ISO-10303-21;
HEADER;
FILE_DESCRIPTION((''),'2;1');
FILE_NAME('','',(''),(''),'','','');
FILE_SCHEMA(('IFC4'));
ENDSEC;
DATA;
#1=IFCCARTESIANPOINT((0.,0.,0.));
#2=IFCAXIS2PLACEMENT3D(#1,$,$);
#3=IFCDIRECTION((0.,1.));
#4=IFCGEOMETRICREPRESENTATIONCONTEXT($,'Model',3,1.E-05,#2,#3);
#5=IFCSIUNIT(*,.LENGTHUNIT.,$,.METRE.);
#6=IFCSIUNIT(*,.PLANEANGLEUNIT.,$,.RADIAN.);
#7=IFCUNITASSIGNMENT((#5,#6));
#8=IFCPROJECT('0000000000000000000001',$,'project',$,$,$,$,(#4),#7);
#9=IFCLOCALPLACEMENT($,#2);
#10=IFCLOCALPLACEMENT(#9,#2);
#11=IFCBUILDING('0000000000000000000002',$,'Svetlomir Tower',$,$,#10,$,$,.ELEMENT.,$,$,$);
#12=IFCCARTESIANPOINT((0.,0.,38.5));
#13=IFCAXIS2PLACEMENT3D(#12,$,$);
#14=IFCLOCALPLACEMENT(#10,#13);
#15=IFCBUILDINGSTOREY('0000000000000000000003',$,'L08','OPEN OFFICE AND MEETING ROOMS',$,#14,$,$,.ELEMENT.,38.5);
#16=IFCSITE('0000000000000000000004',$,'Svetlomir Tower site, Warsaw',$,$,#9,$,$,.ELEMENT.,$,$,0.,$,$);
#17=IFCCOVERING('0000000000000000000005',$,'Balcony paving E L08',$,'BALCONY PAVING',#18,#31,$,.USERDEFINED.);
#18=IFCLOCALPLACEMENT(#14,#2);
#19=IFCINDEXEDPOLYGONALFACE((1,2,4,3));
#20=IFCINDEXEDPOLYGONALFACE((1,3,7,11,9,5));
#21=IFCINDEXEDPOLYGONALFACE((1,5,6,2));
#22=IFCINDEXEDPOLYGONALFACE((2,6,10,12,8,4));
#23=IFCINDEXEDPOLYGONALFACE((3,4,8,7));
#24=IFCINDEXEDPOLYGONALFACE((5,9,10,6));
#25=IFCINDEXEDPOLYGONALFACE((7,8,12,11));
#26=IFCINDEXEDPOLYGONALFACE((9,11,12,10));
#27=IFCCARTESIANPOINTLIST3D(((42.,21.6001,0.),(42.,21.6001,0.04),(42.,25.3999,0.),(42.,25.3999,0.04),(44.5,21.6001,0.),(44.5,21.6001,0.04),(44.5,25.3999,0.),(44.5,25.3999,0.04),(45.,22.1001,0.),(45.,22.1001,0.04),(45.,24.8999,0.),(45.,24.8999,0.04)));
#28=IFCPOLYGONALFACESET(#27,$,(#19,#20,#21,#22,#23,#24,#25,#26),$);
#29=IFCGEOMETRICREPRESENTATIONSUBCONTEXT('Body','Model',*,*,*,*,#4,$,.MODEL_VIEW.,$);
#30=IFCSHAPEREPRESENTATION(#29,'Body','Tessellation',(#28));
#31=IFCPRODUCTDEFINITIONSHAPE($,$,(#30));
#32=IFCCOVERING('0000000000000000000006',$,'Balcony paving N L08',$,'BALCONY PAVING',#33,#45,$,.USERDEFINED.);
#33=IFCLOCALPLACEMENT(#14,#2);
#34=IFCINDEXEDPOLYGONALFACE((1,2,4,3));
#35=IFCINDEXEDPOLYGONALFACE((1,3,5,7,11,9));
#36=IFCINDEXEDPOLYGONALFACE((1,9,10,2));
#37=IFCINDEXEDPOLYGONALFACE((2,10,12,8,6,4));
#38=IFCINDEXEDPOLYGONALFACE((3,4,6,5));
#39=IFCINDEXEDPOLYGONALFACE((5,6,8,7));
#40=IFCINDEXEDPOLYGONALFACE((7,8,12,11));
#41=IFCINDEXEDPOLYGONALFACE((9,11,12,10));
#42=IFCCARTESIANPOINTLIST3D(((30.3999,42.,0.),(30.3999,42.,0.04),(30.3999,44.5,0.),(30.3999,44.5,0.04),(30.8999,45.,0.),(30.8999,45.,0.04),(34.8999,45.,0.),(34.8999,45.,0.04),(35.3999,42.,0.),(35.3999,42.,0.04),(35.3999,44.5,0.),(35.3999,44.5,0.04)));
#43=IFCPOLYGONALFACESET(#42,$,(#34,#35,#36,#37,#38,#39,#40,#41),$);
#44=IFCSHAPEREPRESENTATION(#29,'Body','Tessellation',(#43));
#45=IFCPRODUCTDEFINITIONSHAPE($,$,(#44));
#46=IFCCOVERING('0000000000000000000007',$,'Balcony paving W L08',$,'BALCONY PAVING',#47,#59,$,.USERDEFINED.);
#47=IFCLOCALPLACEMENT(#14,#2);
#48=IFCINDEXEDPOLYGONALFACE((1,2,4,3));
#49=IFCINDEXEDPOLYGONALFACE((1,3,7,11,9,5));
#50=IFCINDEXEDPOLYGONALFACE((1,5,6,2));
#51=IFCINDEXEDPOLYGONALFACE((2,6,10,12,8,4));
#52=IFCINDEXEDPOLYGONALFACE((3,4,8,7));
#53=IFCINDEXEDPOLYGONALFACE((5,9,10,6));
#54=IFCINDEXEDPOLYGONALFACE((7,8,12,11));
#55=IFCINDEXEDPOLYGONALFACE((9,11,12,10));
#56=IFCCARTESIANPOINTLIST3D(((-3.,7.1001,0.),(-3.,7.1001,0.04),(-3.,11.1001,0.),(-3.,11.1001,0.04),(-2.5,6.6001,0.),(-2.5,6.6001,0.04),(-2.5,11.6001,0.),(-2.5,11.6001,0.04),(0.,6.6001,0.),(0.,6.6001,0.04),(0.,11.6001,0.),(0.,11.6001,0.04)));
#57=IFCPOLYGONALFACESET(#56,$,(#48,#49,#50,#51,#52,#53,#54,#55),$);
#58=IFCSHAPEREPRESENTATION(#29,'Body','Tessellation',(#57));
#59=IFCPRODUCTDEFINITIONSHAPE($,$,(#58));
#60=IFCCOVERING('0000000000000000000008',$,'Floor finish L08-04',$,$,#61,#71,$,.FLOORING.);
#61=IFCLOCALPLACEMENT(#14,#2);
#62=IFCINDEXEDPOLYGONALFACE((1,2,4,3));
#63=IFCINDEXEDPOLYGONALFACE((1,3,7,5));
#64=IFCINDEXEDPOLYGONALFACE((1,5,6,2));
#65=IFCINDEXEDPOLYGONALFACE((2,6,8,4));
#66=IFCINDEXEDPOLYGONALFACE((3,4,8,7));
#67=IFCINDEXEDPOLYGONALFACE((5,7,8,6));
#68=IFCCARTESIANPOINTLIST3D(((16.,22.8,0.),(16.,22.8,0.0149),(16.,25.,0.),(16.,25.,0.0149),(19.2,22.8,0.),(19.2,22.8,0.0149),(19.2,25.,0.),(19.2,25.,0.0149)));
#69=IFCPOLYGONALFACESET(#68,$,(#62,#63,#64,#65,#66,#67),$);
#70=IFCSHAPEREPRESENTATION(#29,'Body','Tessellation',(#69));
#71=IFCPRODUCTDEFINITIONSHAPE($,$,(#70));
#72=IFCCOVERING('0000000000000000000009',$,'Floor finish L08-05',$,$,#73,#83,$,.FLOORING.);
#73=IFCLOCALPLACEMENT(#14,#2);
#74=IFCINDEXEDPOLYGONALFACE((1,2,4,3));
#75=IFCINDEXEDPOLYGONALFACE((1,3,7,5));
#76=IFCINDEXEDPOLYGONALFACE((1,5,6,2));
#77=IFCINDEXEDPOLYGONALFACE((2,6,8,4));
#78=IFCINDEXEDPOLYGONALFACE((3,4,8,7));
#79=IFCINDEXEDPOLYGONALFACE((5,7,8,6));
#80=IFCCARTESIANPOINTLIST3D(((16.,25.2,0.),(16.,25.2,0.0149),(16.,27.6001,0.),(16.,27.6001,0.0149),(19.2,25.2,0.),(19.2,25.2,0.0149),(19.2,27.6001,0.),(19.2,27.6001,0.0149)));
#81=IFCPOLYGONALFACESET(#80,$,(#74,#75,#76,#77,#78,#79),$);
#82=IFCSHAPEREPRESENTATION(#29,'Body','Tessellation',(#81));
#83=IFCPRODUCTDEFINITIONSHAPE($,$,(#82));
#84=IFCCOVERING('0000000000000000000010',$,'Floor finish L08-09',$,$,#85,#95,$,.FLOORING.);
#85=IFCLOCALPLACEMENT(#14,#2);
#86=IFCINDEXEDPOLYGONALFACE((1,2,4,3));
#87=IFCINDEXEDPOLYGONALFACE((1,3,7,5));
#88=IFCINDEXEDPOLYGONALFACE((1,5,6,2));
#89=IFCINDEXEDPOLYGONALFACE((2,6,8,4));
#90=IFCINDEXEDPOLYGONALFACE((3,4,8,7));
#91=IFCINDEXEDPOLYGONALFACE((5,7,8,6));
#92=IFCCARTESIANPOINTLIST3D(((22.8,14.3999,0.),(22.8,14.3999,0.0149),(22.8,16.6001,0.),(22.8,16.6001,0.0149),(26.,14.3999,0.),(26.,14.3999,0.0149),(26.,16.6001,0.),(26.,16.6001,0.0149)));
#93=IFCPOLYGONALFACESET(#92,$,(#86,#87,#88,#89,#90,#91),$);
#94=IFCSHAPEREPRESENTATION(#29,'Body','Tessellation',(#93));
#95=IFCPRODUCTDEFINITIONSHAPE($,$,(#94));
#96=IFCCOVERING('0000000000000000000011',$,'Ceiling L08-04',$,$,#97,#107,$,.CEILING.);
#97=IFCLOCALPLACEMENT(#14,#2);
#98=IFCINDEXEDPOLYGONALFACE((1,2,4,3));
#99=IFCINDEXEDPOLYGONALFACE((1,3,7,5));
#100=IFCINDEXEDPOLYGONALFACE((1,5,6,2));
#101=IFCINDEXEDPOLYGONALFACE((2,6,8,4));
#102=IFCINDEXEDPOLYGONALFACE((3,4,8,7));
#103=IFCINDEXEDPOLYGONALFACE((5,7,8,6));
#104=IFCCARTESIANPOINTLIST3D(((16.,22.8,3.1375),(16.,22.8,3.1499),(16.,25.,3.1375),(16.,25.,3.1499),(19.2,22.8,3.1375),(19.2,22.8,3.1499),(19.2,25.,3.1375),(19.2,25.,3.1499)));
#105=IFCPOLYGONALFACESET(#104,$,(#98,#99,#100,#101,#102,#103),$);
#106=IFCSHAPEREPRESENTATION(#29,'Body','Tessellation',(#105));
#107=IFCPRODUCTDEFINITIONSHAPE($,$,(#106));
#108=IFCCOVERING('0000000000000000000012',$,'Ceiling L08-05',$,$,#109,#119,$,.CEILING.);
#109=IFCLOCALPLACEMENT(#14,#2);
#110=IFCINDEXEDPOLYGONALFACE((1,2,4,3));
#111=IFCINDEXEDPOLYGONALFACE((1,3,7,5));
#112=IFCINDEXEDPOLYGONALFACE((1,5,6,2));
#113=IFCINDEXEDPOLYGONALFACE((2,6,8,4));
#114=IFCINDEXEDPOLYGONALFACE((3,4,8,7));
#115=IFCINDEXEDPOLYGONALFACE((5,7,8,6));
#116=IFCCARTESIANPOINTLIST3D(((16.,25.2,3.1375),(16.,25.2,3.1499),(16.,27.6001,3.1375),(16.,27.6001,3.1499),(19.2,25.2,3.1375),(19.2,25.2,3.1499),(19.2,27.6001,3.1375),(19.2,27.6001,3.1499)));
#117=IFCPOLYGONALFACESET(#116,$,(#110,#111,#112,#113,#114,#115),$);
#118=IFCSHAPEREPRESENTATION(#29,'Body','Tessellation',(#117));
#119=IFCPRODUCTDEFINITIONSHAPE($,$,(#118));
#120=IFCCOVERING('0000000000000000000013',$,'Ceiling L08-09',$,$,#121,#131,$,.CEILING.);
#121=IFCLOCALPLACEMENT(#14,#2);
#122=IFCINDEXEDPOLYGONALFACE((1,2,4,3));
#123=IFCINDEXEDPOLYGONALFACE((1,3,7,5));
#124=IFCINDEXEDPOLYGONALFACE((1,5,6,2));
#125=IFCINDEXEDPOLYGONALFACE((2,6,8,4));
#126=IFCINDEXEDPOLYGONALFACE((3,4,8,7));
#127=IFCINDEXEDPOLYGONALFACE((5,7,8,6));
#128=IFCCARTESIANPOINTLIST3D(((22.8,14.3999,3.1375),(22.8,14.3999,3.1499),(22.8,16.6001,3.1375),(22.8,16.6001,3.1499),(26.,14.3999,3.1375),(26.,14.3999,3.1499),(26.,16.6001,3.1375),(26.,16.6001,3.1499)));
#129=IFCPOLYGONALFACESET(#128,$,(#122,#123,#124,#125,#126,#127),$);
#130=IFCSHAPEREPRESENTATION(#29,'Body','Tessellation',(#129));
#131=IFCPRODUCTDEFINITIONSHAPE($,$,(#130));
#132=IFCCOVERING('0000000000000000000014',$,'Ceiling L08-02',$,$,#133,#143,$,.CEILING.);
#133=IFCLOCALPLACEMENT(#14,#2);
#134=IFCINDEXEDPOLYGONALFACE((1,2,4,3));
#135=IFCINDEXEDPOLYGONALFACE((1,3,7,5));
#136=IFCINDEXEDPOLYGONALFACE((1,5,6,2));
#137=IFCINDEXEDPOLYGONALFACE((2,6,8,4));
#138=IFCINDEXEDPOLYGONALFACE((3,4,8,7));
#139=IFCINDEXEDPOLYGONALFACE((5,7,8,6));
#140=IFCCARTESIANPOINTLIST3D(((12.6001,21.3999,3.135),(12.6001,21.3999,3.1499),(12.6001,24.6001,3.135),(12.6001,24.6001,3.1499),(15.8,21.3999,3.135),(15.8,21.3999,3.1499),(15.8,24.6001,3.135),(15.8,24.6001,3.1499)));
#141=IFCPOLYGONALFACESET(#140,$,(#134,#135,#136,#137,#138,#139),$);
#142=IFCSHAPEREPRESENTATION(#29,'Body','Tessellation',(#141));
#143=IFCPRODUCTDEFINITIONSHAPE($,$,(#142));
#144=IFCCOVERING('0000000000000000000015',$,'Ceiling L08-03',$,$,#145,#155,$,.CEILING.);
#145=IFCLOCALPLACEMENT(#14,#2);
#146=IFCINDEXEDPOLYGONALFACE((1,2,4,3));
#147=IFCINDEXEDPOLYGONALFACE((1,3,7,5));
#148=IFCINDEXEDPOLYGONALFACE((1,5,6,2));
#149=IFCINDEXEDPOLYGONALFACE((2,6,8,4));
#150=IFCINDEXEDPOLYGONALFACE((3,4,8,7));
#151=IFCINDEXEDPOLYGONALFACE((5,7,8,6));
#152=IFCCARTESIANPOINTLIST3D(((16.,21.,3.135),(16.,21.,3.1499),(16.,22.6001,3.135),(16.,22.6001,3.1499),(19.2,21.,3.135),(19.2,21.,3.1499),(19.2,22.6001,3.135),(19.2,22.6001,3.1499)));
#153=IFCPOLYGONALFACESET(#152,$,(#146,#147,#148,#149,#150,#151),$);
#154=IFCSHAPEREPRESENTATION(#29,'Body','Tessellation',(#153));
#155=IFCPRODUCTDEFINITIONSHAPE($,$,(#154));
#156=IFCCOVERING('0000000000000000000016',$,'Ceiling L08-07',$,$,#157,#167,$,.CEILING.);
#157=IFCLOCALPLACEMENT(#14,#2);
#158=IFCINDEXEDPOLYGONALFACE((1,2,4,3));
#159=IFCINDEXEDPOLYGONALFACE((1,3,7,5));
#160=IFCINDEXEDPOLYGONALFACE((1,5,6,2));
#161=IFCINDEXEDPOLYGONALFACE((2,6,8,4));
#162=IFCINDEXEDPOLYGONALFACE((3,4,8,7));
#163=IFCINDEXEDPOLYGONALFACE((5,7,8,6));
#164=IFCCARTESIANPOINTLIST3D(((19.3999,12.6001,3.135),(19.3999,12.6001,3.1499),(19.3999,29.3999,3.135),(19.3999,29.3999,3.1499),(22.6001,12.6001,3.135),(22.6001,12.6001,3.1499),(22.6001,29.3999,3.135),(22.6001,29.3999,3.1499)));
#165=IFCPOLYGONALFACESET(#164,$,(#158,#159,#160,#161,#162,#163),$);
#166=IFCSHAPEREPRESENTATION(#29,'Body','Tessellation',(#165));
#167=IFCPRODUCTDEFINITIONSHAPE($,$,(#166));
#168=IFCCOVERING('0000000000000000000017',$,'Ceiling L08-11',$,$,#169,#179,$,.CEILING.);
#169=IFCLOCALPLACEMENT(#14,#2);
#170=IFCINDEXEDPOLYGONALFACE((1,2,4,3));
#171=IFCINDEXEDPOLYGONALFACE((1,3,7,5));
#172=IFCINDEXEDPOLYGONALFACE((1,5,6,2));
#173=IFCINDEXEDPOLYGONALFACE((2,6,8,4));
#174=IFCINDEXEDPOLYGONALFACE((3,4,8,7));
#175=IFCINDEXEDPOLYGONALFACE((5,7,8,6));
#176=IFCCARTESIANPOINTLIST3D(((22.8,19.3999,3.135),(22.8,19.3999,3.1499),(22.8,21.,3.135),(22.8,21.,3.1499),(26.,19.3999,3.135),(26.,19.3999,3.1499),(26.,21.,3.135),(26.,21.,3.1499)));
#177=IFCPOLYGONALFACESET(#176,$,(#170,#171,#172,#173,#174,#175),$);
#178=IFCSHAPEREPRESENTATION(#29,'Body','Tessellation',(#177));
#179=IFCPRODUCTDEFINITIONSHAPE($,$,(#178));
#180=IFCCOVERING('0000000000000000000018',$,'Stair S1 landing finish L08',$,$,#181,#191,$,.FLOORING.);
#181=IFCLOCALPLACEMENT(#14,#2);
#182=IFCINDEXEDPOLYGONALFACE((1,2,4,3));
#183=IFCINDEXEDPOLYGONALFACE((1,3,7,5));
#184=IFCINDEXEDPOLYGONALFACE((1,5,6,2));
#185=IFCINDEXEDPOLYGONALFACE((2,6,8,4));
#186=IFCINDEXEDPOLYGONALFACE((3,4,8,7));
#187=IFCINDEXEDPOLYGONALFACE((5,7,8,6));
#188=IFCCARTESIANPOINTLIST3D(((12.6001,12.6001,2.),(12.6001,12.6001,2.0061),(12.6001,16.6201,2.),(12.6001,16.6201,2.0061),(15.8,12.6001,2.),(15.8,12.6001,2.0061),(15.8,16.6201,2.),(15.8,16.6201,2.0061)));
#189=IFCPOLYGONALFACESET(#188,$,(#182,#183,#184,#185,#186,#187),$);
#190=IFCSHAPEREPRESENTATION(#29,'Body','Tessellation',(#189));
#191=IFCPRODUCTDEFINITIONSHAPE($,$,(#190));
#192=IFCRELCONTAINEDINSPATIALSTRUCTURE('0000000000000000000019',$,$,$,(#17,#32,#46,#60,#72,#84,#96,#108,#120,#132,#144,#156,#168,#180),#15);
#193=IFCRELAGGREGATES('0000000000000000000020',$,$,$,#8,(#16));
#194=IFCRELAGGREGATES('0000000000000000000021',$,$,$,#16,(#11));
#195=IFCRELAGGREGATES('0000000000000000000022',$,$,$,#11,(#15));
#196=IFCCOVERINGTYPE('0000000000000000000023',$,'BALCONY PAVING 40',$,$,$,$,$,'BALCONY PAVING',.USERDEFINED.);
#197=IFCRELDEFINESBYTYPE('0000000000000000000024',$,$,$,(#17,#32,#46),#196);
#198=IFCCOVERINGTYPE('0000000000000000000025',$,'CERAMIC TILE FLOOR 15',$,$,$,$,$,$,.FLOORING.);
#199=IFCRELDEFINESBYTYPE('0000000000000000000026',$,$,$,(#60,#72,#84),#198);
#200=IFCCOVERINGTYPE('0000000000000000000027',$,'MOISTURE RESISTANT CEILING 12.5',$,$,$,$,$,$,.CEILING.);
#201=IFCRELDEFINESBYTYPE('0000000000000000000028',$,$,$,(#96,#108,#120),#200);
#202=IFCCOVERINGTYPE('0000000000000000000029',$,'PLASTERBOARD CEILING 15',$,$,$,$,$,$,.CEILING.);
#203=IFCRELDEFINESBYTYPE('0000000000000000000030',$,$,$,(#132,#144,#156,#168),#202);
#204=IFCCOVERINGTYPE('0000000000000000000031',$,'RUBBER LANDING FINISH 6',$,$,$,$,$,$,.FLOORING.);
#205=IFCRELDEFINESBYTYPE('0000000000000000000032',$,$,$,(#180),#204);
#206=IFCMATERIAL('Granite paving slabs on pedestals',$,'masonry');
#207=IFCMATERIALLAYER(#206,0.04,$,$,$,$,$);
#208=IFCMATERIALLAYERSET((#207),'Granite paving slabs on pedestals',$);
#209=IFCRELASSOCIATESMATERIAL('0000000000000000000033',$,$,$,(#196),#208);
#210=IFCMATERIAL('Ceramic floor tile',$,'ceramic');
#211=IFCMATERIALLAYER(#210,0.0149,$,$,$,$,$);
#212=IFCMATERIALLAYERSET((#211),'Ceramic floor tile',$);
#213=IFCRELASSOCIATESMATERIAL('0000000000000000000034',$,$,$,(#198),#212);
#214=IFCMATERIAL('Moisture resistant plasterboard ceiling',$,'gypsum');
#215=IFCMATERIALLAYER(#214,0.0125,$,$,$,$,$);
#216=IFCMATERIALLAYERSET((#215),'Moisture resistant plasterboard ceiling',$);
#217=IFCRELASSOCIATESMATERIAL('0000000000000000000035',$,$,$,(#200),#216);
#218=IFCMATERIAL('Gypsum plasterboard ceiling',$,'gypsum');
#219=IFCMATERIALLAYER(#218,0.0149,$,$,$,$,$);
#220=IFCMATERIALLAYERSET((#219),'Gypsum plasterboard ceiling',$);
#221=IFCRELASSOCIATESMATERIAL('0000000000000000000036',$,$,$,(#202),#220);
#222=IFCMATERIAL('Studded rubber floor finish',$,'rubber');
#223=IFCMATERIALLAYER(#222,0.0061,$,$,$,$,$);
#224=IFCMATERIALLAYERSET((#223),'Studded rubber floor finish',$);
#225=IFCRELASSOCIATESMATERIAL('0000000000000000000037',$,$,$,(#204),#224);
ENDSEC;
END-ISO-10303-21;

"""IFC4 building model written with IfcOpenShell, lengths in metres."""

from ifc_helpers import new_model, si_unit, direction, frame, origin, place, context, subcontext, project, spatial, polyline, outline, extrude, material, layer, layer_set, type_object, element, save


model = new_model("IFC4")

# Units and contexts
model_context = context("Model", 3, precision=1e-05, world=origin(), true_north=direction((0.0, 1.0)))
body_context = subcontext(model_context, "Body", "Model", "MODEL_VIEW")
ifc_project = project(units=[si_unit("LENGTHUNIT", "METRE"), si_unit("PLANEANGLEUNIT", "RADIAN")], contexts=[model_context])

# Site, building, storey
site_placement = place(None, origin())
site = spatial("IfcSite", under=ifc_project, at=site_placement, Name="Svetlomir Tower site, Warsaw", CompositionType="ELEMENT", RefElevation=0.0)
building_placement = place(site_placement, origin())
building = spatial("IfcBuilding", under=site, at=building_placement, Name="Svetlomir Tower", CompositionType="ELEMENT")
storey_placement = place(building_placement, frame((0.0, 0.0, 38.5)))
storey = spatial("IfcBuildingStorey", under=building, at=storey_placement, Name="L08", Description="OPEN OFFICE AND MEETING ROOMS", CompositionType="ELEMENT", Elevation=38.5)

# Coverings
ifc_material_1 = material(Name="Granite paving slabs on pedestals", Category="masonry")
ifc_layer_1 = layer(ifc_material_1, 0.04)
ifc_layer_set_1 = layer_set([ifc_layer_1], Name="Granite paving slabs on pedestals")
covering_type_1 = type_object("IfcCoveringType", Name="BALCONY PAVING 40", ElementType="BALCONY PAVING", PredefinedType="USERDEFINED", material=ifc_layer_set_1)
covering_1_placement = place(storey_placement, origin())
element("IfcCovering", 1, at=covering_1_placement, inside=storey, type_object=covering_type_1, Name="Balcony paving E L08", ObjectType="BALCONY PAVING", PredefinedType="USERDEFINED", context=body_context, shape_type="SweptSolid", body=[
    extrude(outline(polyline([(42.0, 21.6001), (44.5, 21.6001), (45.0, 22.1001), (45.0, 24.8999), (44.5, 25.3999), (42.0, 25.3999), (42.0, 21.6001)])), origin(), (0.0, 0.0, 1.0), 0.04),
])
covering_2_placement = place(storey_placement, origin())
element("IfcCovering", 2, at=covering_2_placement, inside=storey, type_object=covering_type_1, Name="Balcony paving N L08", ObjectType="BALCONY PAVING", PredefinedType="USERDEFINED", context=body_context, shape_type="SweptSolid", body=[
    extrude(outline(polyline([(30.3999, 42.0), (35.3999, 42.0), (35.3999, 44.5), (34.8999, 45.0), (30.8999, 45.0), (30.3999, 44.5), (30.3999, 42.0)])), origin(), (0.0, 0.0, 1.0), 0.04),
])
covering_3_placement = place(storey_placement, origin())
element("IfcCovering", 3, at=covering_3_placement, inside=storey, type_object=covering_type_1, Name="Balcony paving W L08", ObjectType="BALCONY PAVING", PredefinedType="USERDEFINED", context=body_context, shape_type="SweptSolid", body=[
    extrude(outline(polyline([(-2.5, 6.6001), (0.0, 6.6001), (0.0, 11.6001), (-2.5, 11.6001), (-3.0, 11.1001), (-3.0, 7.1001), (-2.5, 6.6001)])), origin(), (0.0, 0.0, 1.0), 0.04),
])
ifc_material_2 = material(Name="Ceramic floor tile", Category="ceramic")
ifc_layer_2 = layer(ifc_material_2, 0.0149)
ifc_layer_set_2 = layer_set([ifc_layer_2], Name="Ceramic floor tile")
covering_type_2 = type_object("IfcCoveringType", Name="CERAMIC TILE FLOOR 15", PredefinedType="FLOORING", material=ifc_layer_set_2)
covering_4_placement = place(storey_placement, origin())
element("IfcCovering", 4, at=covering_4_placement, inside=storey, type_object=covering_type_2, Name="Floor finish L08-04", PredefinedType="FLOORING", context=body_context, shape_type="SweptSolid", body=[
    extrude(outline(polyline([(16.0, 22.8), (19.2, 22.8), (19.2, 25.0), (16.0, 25.0), (16.0, 22.8)])), origin(), (0.0, 0.0, 1.0), 0.0149),
])
covering_5_placement = place(storey_placement, origin())
element("IfcCovering", 5, at=covering_5_placement, inside=storey, type_object=covering_type_2, Name="Floor finish L08-05", PredefinedType="FLOORING", context=body_context, shape_type="SweptSolid", body=[
    extrude(outline(polyline([(16.0, 25.2), (19.2, 25.2), (19.2, 27.6001), (16.0, 27.6001), (16.0, 25.2)])), origin(), (0.0, 0.0, 1.0), 0.0149),
])
covering_6_placement = place(storey_placement, origin())
element("IfcCovering", 6, at=covering_6_placement, inside=storey, type_object=covering_type_2, Name="Floor finish L08-09", PredefinedType="FLOORING", context=body_context, shape_type="SweptSolid", body=[
    extrude(outline(polyline([(22.8, 14.3999), (26.0, 14.3999), (26.0, 16.6001), (22.8, 16.6001), (22.8, 14.3999)])), origin(), (0.0, 0.0, 1.0), 0.0149),
])
ifc_material_3 = material(Name="Moisture resistant plasterboard ceiling", Category="gypsum")
ifc_layer_3 = layer(ifc_material_3, 0.0125)
ifc_layer_set_3 = layer_set([ifc_layer_3], Name="Moisture resistant plasterboard ceiling")
covering_type_3 = type_object("IfcCoveringType", Name="MOISTURE RESISTANT CEILING 12.5", PredefinedType="CEILING", material=ifc_layer_set_3)
covering_7_placement = place(storey_placement, frame((0.0, 0.0, 3.1375)))
element("IfcCovering", 7, at=covering_7_placement, inside=storey, type_object=covering_type_3, Name="Ceiling L08-04", PredefinedType="CEILING", context=body_context, shape_type="SweptSolid", body=[
    extrude(outline(polyline([(16.0, 22.8), (19.2, 22.8), (19.2, 25.0), (16.0, 25.0), (16.0, 22.8)])), origin(), (0.0, 0.0, 1.0), 0.0125),
])
covering_8_placement = place(storey_placement, frame((0.0, 0.0, 3.1375)))
element("IfcCovering", 8, at=covering_8_placement, inside=storey, type_object=covering_type_3, Name="Ceiling L08-05", PredefinedType="CEILING", context=body_context, shape_type="SweptSolid", body=[
    extrude(outline(polyline([(16.0, 25.2), (19.2, 25.2), (19.2, 27.6001), (16.0, 27.6001), (16.0, 25.2)])), origin(), (0.0, 0.0, 1.0), 0.0125),
])
covering_9_placement = place(storey_placement, frame((0.0, 0.0, 3.1375)))
element("IfcCovering", 9, at=covering_9_placement, inside=storey, type_object=covering_type_3, Name="Ceiling L08-09", PredefinedType="CEILING", context=body_context, shape_type="SweptSolid", body=[
    extrude(outline(polyline([(22.8, 14.3999), (26.0, 14.3999), (26.0, 16.6001), (22.8, 16.6001), (22.8, 14.3999)])), origin(), (0.0, 0.0, 1.0), 0.0125),
])
ifc_material_4 = material(Name="Gypsum plasterboard ceiling", Category="gypsum")
ifc_layer_4 = layer(ifc_material_4, 0.0149)
ifc_layer_set_4 = layer_set([ifc_layer_4], Name="Gypsum plasterboard ceiling")
covering_type_4 = type_object("IfcCoveringType", Name="PLASTERBOARD CEILING 15", PredefinedType="CEILING", material=ifc_layer_set_4)
covering_10_placement = place(storey_placement, frame((0.0, 0.0, 3.135)))
element("IfcCovering", 10, at=covering_10_placement, inside=storey, type_object=covering_type_4, Name="Ceiling L08-02", PredefinedType="CEILING", context=body_context, shape_type="SweptSolid", body=[
    extrude(outline(polyline([(12.6001, 21.3999), (15.8, 21.3999), (15.8, 24.6001), (12.6001, 24.6001), (12.6001, 21.3999)])), origin(), (0.0, 0.0, 1.0), 0.0149),
])
covering_11_placement = place(storey_placement, frame((0.0, 0.0, 3.135)))
element("IfcCovering", 11, at=covering_11_placement, inside=storey, type_object=covering_type_4, Name="Ceiling L08-03", PredefinedType="CEILING", context=body_context, shape_type="SweptSolid", body=[
    extrude(outline(polyline([(16.0, 21.0), (19.2, 21.0), (19.2, 22.6001), (16.0, 22.6001), (16.0, 21.0)])), origin(), (0.0, 0.0, 1.0), 0.0149),
])
covering_12_placement = place(storey_placement, frame((0.0, 0.0, 3.135)))
element("IfcCovering", 12, at=covering_12_placement, inside=storey, type_object=covering_type_4, Name="Ceiling L08-07", PredefinedType="CEILING", context=body_context, shape_type="SweptSolid", body=[
    extrude(outline(polyline([(19.3999, 12.6001), (22.6001, 12.6001), (22.6001, 29.3999), (19.3999, 29.3999), (19.3999, 12.6001)])), origin(), (0.0, 0.0, 1.0), 0.0149),
])
covering_13_placement = place(storey_placement, frame((0.0, 0.0, 3.135)))
element("IfcCovering", 13, at=covering_13_placement, inside=storey, type_object=covering_type_4, Name="Ceiling L08-11", PredefinedType="CEILING", context=body_context, shape_type="SweptSolid", body=[
    extrude(outline(polyline([(22.8, 19.3999), (26.0, 19.3999), (26.0, 21.0), (22.8, 21.0), (22.8, 19.3999)])), origin(), (0.0, 0.0, 1.0), 0.0149),
])
ifc_material_5 = material(Name="Studded rubber floor finish", Category="rubber")
ifc_layer_5 = layer(ifc_material_5, 0.0061)
ifc_layer_set_5 = layer_set([ifc_layer_5], Name="Studded rubber floor finish")
covering_type_5 = type_object("IfcCoveringType", Name="RUBBER LANDING FINISH 6", PredefinedType="FLOORING", material=ifc_layer_set_5)
covering_14_placement = place(storey_placement, frame((0.0, 0.0, 2.0)))
element("IfcCovering", 14, at=covering_14_placement, inside=storey, type_object=covering_type_5, Name="Stair S1 landing finish L08", PredefinedType="FLOORING", context=body_context, shape_type="SweptSolid", body=[
    extrude(outline(polyline([(12.6001, 12.6001), (15.8, 12.6001), (15.8, 16.6201), (12.6001, 16.6201), (12.6001, 12.6001)])), origin(), (0.0, 0.0, 1.0), 0.0061),
])

save(model, "model.ifc")
